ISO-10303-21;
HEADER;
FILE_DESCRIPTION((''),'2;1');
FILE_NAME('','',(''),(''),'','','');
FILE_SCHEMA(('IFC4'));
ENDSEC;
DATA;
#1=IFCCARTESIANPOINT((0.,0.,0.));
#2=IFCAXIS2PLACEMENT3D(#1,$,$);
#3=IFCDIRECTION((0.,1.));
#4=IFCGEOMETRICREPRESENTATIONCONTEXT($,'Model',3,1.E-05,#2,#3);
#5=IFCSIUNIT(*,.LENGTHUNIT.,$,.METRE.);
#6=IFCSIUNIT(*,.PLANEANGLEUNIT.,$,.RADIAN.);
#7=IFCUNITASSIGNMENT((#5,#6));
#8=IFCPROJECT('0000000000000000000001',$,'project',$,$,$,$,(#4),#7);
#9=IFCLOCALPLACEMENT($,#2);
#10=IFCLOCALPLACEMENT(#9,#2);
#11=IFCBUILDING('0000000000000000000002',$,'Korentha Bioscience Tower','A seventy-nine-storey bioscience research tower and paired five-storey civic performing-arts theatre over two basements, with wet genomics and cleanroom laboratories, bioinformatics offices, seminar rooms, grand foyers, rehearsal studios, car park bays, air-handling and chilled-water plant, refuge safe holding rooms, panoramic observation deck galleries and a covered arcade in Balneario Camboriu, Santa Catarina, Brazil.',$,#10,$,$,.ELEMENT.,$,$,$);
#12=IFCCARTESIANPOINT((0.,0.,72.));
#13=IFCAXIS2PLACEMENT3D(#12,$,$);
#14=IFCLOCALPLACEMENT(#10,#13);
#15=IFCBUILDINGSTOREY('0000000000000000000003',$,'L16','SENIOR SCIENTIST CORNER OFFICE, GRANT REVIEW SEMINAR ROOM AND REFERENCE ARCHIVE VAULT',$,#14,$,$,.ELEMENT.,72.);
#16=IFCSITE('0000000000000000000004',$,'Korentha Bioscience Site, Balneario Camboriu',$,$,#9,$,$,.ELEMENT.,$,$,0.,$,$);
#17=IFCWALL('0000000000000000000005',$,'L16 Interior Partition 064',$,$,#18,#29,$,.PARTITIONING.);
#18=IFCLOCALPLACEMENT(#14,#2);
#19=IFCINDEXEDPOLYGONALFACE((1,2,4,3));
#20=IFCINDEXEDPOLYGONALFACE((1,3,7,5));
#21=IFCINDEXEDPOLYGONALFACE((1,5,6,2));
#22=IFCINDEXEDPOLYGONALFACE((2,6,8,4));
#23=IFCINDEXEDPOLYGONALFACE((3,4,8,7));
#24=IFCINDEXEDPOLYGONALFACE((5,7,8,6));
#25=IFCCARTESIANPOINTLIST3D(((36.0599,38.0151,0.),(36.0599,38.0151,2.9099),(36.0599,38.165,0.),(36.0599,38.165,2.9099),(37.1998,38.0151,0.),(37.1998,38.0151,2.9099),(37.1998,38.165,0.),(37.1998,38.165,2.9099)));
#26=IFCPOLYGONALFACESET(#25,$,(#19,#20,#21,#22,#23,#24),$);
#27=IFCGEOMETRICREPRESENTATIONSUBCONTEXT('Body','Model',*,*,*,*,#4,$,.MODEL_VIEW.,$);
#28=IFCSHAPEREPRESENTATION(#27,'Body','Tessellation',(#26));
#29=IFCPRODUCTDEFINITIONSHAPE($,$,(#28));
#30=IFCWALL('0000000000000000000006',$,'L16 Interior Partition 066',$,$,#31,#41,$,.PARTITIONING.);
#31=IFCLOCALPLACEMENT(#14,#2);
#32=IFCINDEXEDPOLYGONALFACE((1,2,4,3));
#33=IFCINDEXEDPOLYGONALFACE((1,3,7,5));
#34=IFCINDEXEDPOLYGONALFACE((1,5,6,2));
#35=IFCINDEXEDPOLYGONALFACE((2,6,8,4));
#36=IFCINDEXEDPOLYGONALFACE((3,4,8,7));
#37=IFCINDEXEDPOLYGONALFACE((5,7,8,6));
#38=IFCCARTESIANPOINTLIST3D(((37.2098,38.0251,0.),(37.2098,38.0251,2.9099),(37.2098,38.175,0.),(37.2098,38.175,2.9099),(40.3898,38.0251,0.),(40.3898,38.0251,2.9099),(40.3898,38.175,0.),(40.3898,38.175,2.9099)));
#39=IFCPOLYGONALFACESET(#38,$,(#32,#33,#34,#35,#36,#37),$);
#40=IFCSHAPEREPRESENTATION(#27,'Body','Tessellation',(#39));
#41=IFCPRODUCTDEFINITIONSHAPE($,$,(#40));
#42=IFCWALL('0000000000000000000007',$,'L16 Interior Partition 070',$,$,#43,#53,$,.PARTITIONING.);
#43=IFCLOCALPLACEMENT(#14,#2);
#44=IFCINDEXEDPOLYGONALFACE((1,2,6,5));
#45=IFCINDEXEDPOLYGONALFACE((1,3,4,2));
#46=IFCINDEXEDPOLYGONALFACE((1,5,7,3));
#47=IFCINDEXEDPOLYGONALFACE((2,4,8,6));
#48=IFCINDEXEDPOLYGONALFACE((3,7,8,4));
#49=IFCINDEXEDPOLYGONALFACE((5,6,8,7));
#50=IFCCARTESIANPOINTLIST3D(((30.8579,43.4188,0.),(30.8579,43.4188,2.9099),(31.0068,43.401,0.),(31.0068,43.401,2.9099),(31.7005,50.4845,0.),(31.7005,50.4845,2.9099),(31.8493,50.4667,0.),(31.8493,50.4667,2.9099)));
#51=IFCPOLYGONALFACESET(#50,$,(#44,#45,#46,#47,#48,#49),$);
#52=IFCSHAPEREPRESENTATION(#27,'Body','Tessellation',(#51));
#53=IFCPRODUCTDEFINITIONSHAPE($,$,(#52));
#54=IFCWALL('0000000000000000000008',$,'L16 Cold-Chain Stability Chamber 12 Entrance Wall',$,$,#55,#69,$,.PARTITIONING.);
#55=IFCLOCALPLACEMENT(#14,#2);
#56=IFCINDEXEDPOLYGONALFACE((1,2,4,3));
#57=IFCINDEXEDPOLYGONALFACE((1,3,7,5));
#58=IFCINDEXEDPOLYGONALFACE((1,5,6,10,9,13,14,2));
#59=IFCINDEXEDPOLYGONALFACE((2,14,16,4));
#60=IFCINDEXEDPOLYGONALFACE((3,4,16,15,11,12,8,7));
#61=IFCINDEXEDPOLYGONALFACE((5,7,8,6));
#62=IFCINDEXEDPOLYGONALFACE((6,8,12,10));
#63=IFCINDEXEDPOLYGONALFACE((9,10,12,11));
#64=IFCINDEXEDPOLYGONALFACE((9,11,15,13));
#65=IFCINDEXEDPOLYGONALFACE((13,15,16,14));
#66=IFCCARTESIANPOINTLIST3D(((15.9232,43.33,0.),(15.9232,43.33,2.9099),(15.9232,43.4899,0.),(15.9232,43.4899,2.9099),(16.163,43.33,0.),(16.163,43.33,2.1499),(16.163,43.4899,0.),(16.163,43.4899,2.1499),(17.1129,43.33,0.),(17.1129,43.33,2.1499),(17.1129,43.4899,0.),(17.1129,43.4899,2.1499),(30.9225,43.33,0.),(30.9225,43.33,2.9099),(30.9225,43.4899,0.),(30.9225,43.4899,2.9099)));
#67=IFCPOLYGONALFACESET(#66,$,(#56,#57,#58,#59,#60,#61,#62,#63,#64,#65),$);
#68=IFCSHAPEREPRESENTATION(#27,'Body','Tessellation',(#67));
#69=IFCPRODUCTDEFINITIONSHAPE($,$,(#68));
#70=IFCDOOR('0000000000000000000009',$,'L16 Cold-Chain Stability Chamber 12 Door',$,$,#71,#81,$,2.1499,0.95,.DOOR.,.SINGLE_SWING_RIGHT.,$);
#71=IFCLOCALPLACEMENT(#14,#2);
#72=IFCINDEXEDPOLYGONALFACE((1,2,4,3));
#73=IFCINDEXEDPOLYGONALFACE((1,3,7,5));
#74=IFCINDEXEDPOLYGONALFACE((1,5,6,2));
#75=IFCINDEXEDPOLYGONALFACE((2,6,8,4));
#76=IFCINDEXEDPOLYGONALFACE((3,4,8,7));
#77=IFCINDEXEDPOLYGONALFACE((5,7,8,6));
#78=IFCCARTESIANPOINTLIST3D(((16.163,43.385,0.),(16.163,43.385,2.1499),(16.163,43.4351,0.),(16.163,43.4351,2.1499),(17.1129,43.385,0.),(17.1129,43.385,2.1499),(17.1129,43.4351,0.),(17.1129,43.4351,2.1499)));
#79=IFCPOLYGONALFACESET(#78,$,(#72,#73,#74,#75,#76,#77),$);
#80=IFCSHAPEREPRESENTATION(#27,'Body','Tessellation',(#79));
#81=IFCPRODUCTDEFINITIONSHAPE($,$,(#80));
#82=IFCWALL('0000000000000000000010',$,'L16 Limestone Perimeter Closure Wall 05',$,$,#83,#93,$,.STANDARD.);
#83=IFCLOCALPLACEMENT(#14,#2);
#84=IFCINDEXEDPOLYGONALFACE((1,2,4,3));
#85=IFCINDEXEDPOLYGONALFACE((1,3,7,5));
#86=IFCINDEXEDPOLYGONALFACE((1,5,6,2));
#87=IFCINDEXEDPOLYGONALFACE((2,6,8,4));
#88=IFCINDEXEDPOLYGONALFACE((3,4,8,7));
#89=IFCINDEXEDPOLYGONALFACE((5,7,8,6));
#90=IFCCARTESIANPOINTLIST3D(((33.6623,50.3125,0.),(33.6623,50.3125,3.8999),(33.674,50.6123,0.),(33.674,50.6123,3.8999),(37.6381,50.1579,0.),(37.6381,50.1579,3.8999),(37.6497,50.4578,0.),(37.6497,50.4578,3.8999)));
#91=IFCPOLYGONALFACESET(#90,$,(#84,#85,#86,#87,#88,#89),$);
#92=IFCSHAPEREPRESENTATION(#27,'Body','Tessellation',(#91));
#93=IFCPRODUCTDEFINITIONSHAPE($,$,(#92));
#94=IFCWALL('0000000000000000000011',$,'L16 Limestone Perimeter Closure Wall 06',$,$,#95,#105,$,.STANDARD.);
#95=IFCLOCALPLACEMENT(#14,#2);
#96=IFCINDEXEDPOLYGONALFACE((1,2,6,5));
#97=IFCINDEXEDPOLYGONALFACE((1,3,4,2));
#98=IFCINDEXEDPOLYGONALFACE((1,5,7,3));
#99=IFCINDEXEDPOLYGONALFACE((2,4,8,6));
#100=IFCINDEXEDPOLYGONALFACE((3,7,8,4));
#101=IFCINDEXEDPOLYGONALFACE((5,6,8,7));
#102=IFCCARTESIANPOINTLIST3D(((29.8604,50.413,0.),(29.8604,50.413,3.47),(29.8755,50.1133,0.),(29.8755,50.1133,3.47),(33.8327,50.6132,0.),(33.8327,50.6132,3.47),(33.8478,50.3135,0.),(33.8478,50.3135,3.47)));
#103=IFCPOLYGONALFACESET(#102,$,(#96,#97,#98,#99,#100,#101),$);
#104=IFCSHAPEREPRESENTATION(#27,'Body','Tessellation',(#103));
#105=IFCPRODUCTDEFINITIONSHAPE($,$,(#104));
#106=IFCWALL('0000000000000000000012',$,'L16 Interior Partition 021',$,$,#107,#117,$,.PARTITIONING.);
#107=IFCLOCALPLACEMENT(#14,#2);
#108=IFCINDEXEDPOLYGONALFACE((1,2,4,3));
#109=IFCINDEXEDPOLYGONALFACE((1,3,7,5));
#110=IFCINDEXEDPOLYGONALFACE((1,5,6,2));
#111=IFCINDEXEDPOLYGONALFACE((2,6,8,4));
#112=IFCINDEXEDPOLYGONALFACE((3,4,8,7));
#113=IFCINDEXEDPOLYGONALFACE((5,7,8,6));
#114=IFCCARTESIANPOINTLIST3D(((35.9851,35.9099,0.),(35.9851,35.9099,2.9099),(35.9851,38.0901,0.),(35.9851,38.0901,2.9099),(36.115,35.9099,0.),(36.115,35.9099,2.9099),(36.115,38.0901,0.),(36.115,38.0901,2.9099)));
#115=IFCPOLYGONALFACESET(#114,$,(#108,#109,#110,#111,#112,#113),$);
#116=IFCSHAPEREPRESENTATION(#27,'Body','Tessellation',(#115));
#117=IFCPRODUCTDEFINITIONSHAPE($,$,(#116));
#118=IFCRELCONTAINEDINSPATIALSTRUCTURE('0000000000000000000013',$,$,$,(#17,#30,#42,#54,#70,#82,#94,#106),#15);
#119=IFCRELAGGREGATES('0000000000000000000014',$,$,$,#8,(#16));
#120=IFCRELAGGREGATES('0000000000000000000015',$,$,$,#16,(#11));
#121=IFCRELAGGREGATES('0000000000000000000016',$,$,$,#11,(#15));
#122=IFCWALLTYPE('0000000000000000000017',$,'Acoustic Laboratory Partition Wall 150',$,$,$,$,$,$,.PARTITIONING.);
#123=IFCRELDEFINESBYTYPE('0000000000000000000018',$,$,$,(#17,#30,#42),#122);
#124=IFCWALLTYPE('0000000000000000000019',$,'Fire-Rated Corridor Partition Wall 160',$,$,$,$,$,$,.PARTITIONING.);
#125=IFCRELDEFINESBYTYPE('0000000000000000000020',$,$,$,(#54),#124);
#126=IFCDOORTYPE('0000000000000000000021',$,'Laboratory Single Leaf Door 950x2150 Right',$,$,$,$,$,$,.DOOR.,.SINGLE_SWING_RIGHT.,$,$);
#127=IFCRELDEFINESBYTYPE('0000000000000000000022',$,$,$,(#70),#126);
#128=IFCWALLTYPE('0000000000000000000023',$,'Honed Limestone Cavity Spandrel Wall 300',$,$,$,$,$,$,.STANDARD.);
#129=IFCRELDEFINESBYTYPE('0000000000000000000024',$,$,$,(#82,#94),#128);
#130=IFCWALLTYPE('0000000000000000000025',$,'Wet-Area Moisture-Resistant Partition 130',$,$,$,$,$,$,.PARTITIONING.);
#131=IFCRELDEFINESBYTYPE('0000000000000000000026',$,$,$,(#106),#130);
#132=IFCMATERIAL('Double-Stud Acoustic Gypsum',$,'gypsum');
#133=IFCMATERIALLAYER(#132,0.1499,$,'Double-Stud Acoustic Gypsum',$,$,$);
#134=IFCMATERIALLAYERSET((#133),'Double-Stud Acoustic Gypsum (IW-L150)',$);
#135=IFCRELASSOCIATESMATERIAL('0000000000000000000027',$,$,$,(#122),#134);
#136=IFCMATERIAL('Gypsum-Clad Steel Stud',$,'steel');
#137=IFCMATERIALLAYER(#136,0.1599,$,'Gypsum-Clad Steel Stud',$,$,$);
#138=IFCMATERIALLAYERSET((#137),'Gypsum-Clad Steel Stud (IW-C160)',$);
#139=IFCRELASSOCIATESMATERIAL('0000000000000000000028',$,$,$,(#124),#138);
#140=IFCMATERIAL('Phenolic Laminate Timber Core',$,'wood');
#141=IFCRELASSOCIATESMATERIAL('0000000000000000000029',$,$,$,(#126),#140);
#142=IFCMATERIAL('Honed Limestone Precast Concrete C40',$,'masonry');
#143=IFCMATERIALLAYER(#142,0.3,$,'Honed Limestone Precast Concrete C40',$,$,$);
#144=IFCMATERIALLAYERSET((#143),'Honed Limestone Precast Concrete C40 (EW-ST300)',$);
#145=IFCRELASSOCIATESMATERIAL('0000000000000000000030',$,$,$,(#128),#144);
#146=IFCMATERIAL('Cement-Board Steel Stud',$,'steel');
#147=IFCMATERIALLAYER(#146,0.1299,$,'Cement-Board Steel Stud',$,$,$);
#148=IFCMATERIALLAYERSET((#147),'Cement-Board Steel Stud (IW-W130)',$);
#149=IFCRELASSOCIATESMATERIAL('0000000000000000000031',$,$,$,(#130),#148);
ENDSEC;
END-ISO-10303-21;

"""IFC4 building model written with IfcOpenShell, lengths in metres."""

from ifc_helpers import new_model, si_unit, direction, frame, frame_2d, origin, place, context, subcontext, project, spatial, rectangle, extrude, material, layer, layer_set, type_object, element, fill, save


model = new_model("IFC4")

# Units and contexts
model_context = context("Model", 3, precision=1e-05, world=origin(), true_north=direction((0.0, 1.0)))
body_context = subcontext(model_context, "Body", "Model", "MODEL_VIEW")
ifc_project = project(units=[si_unit("LENGTHUNIT", "METRE"), si_unit("PLANEANGLEUNIT", "RADIAN")], contexts=[model_context])

# Site, building, storey
site_placement = place(None, origin())
site = spatial("IfcSite", under=ifc_project, at=site_placement, Name="Korentha Bioscience Site, Balneario Camboriu", CompositionType="ELEMENT", RefElevation=0.0)
building_placement = place(site_placement, origin())
building = spatial("IfcBuilding", under=site, at=building_placement, Name="Korentha Bioscience Tower", Description="A seventy-nine-storey bioscience research tower and paired five-storey civic performing-arts theatre over two basements, with wet genomics and cleanroom laboratories, bioinformatics offices, seminar rooms, grand foyers, rehearsal studios, car park bays, air-handling and chilled-water plant, refuge safe holding rooms, panoramic observation deck galleries and a covered arcade in Balneario Camboriu, Santa Catarina, Brazil.", CompositionType="ELEMENT")
storey_placement = place(building_placement, frame((0.0, 0.0, 72.0)))
storey = spatial("IfcBuildingStorey", under=building, at=storey_placement, Name="L16", Description="SENIOR SCIENTIST CORNER OFFICE, GRANT REVIEW SEMINAR ROOM AND REFERENCE ARCHIVE VAULT", CompositionType="ELEMENT", Elevation=72.0)

# Shared definitions
ifc_material_1 = material(Name="Double-Stud Acoustic Gypsum", Category="gypsum")
ifc_layer_1 = layer(ifc_material_1, 0.1499, Name="Double-Stud Acoustic Gypsum")
ifc_layer_set_1 = layer_set([ifc_layer_1], Name="Double-Stud Acoustic Gypsum (IW-L150)")
wall_type_1 = type_object("IfcWallType", Name="Acoustic Laboratory Partition Wall 150", PredefinedType="PARTITIONING", material=ifc_layer_set_1)
ifc_material_2 = material(Name="Phenolic Laminate Timber Core", Category="wood")

# Walls
wall_1_placement = place(storey_placement, frame((36.0601, 38.0901, 0.0), z_axis=(0.0, 0.0, 1.0), x_axis=(1.0, 0.0, 0.0)))
element("IfcWall", 1, at=wall_1_placement, inside=storey, type_object=wall_type_1, Name="L16 Interior Partition 064", PredefinedType="PARTITIONING", context=body_context, shape_type="SweptSolid", body=[
    extrude(rectangle(XDim=1.1399, YDim=0.1499, at=frame_2d((0.5698, 0.0))), origin(), (0.0, 0.0, 1.0), 2.9099),
])
wall_2_placement = place(storey_placement, frame((37.21, 38.1001, 0.0), z_axis=(0.0, 0.0, 1.0), x_axis=(1.0, 0.0, 0.0)))
element("IfcWall", 2, at=wall_2_placement, inside=storey, type_object=wall_type_1, Name="L16 Interior Partition 066", PredefinedType="PARTITIONING", context=body_context, shape_type="SweptSolid", body=[
    extrude(rectangle(XDim=3.1799, YDim=0.1499, at=frame_2d((1.5898, 0.0))), origin(), (0.0, 0.0, 1.0), 2.9099),
])
wall_3_placement = place(storey_placement, frame((30.9324, 43.4099, 0.0), z_axis=(0.0, 0.0, 1.0), x_axis=(0.118404, 0.992966, 0.0)))
element("IfcWall", 3, at=wall_3_placement, inside=storey, type_object=wall_type_1, Name="L16 Interior Partition 070", PredefinedType="PARTITIONING", context=body_context, shape_type="SweptSolid", body=[
    extrude(rectangle(XDim=7.1157, YDim=0.1499, at=frame_2d((3.5579, 0.0))), origin(), (0.0, 0.0, 1.0), 2.9099),
])

# Wall, opening, door
ifc_material_3 = material(Name="Gypsum-Clad Steel Stud", Category="steel")
ifc_layer_2 = layer(ifc_material_3, 0.1599, Name="Gypsum-Clad Steel Stud")
ifc_layer_set_2 = layer_set([ifc_layer_2], Name="Gypsum-Clad Steel Stud (IW-C160)")
wall_type_2 = type_object("IfcWallType", Name="Fire-Rated Corridor Partition Wall 160", PredefinedType="PARTITIONING", material=ifc_layer_set_2)
wall_4_placement = place(storey_placement, frame((30.9224, 43.4099, 0.0), z_axis=(0.0, 0.0, 1.0), x_axis=(-1.0, 0.0, 0.0)))
wall_4 = element("IfcWall", 4, at=wall_4_placement, inside=storey, type_object=wall_type_2, Name="L16 Cold-Chain Stability Chamber 12 Entrance Wall", PredefinedType="PARTITIONING", context=body_context, shape_type="SweptSolid", body=[
    extrude(rectangle(XDim=14.9993, YDim=0.1599, at=frame_2d((7.4995, 0.0))), origin(), (0.0, 0.0, 1.0), 2.9099),
])
opening_1_placement = place(wall_4_placement, frame((13.8093, 0.0, 0.0)))
opening_1 = element("IfcOpeningElement", 5, at=opening_1_placement, cuts=wall_4, PredefinedType="OPENING", context=body_context, shape_type="SweptSolid", body=[
    extrude(rectangle(XDim=0.95, YDim=2.1499, at=frame_2d((0.4751, 1.075))), frame((0.0, 0.0947, 0.0), z_axis=(0.0, -1.0, 0.0), x_axis=(1.0, 0.0, 0.0)), (0.0, 0.0, 1.0), 0.1897),
])
door_type_1 = type_object("IfcDoorType", Name="Laboratory Single Leaf Door 950x2150 Right", OperationType="SINGLE_SWING_RIGHT", PredefinedType="DOOR", material=ifc_material_2)
door_1_placement = place(opening_1_placement, origin())
door_1 = element("IfcDoor", 6, at=door_1_placement, inside=storey, type_object=door_type_1, Name="L16 Cold-Chain Stability Chamber 12 Door", OperationType="SINGLE_SWING_RIGHT", OverallHeight=2.1499, OverallWidth=0.95, PredefinedType="DOOR", context=body_context, shape_type="SweptSolid", body=[
    extrude(rectangle(XDim=0.95, YDim=2.1499, at=frame_2d((0.4751, 1.075))), frame((0.0, 0.0249, 0.0), z_axis=(0.0, -1.0, 0.0), x_axis=(1.0, 0.0, 0.0)), (0.0, 0.0, 1.0), 0.05),
])
fill(opening_1, door_1)

# Walls
ifc_material_4 = material(Name="Honed Limestone Precast Concrete C40", Category="masonry")
ifc_layer_3 = layer(ifc_material_4, 0.3, Name="Honed Limestone Precast Concrete C40")
ifc_layer_set_3 = layer_set([ifc_layer_3], Name="Honed Limestone Precast Concrete C40 (EW-ST300)")
wall_type_3 = type_object("IfcWallType", Name="Honed Limestone Cavity Spandrel Wall 300", PredefinedType="STANDARD", material=ifc_layer_set_3)
wall_5_placement = place(storey_placement, frame((37.6438, 50.3079, 0.0), z_axis=(0.0, 0.0, 1.0), x_axis=(-0.999245, 0.038841, 0.0)))
element("IfcWall", 7, at=wall_5_placement, inside=storey, type_object=wall_type_3, Name="L16 Limestone Perimeter Closure Wall 05", PredefinedType="STANDARD", context=body_context, shape_type="SweptSolid", body=[
    extrude(rectangle(XDim=3.9788, YDim=0.3, at=frame_2d((1.9893, 0.0))), origin(), (0.0, 0.0, 1.0), 3.8999),
])
wall_6_placement = place(storey_placement, frame((33.8403, 50.4634, 0.0), z_axis=(0.0, 0.0, 1.0), x_axis=(-0.998732, -0.050336, 0.0)))
element("IfcWall", 8, at=wall_6_placement, inside=storey, type_object=wall_type_3, Name="L16 Limestone Perimeter Closure Wall 06", PredefinedType="STANDARD", context=body_context, shape_type="SweptSolid", body=[
    extrude(rectangle(XDim=3.9773, YDim=0.3, at=frame_2d((1.9888, 0.0))), origin(), (0.0, 0.0, 1.0), 3.47),
])
ifc_material_5 = material(Name="Cement-Board Steel Stud", Category="steel")
ifc_layer_4 = layer(ifc_material_5, 0.1299, Name="Cement-Board Steel Stud")
ifc_layer_set_4 = layer_set([ifc_layer_4], Name="Cement-Board Steel Stud (IW-W130)")
wall_type_4 = type_object("IfcWallType", Name="Wet-Area Moisture-Resistant Partition 130", PredefinedType="PARTITIONING", material=ifc_layer_set_4)
wall_7_placement = place(storey_placement, frame((36.05, 38.0901, 0.0), z_axis=(0.0, 0.0, 1.0), x_axis=(0.0, -1.0, 0.0)))
element("IfcWall", 9, at=wall_7_placement, inside=storey, type_object=wall_type_4, Name="L16 Interior Partition 021", PredefinedType="PARTITIONING", context=body_context, shape_type="SweptSolid", body=[
    extrude(rectangle(XDim=2.1802, YDim=0.1299, at=frame_2d((1.0901, 0.0))), origin(), (0.0, 0.0, 1.0), 2.9099),
])

save(model, "model.ifc")
